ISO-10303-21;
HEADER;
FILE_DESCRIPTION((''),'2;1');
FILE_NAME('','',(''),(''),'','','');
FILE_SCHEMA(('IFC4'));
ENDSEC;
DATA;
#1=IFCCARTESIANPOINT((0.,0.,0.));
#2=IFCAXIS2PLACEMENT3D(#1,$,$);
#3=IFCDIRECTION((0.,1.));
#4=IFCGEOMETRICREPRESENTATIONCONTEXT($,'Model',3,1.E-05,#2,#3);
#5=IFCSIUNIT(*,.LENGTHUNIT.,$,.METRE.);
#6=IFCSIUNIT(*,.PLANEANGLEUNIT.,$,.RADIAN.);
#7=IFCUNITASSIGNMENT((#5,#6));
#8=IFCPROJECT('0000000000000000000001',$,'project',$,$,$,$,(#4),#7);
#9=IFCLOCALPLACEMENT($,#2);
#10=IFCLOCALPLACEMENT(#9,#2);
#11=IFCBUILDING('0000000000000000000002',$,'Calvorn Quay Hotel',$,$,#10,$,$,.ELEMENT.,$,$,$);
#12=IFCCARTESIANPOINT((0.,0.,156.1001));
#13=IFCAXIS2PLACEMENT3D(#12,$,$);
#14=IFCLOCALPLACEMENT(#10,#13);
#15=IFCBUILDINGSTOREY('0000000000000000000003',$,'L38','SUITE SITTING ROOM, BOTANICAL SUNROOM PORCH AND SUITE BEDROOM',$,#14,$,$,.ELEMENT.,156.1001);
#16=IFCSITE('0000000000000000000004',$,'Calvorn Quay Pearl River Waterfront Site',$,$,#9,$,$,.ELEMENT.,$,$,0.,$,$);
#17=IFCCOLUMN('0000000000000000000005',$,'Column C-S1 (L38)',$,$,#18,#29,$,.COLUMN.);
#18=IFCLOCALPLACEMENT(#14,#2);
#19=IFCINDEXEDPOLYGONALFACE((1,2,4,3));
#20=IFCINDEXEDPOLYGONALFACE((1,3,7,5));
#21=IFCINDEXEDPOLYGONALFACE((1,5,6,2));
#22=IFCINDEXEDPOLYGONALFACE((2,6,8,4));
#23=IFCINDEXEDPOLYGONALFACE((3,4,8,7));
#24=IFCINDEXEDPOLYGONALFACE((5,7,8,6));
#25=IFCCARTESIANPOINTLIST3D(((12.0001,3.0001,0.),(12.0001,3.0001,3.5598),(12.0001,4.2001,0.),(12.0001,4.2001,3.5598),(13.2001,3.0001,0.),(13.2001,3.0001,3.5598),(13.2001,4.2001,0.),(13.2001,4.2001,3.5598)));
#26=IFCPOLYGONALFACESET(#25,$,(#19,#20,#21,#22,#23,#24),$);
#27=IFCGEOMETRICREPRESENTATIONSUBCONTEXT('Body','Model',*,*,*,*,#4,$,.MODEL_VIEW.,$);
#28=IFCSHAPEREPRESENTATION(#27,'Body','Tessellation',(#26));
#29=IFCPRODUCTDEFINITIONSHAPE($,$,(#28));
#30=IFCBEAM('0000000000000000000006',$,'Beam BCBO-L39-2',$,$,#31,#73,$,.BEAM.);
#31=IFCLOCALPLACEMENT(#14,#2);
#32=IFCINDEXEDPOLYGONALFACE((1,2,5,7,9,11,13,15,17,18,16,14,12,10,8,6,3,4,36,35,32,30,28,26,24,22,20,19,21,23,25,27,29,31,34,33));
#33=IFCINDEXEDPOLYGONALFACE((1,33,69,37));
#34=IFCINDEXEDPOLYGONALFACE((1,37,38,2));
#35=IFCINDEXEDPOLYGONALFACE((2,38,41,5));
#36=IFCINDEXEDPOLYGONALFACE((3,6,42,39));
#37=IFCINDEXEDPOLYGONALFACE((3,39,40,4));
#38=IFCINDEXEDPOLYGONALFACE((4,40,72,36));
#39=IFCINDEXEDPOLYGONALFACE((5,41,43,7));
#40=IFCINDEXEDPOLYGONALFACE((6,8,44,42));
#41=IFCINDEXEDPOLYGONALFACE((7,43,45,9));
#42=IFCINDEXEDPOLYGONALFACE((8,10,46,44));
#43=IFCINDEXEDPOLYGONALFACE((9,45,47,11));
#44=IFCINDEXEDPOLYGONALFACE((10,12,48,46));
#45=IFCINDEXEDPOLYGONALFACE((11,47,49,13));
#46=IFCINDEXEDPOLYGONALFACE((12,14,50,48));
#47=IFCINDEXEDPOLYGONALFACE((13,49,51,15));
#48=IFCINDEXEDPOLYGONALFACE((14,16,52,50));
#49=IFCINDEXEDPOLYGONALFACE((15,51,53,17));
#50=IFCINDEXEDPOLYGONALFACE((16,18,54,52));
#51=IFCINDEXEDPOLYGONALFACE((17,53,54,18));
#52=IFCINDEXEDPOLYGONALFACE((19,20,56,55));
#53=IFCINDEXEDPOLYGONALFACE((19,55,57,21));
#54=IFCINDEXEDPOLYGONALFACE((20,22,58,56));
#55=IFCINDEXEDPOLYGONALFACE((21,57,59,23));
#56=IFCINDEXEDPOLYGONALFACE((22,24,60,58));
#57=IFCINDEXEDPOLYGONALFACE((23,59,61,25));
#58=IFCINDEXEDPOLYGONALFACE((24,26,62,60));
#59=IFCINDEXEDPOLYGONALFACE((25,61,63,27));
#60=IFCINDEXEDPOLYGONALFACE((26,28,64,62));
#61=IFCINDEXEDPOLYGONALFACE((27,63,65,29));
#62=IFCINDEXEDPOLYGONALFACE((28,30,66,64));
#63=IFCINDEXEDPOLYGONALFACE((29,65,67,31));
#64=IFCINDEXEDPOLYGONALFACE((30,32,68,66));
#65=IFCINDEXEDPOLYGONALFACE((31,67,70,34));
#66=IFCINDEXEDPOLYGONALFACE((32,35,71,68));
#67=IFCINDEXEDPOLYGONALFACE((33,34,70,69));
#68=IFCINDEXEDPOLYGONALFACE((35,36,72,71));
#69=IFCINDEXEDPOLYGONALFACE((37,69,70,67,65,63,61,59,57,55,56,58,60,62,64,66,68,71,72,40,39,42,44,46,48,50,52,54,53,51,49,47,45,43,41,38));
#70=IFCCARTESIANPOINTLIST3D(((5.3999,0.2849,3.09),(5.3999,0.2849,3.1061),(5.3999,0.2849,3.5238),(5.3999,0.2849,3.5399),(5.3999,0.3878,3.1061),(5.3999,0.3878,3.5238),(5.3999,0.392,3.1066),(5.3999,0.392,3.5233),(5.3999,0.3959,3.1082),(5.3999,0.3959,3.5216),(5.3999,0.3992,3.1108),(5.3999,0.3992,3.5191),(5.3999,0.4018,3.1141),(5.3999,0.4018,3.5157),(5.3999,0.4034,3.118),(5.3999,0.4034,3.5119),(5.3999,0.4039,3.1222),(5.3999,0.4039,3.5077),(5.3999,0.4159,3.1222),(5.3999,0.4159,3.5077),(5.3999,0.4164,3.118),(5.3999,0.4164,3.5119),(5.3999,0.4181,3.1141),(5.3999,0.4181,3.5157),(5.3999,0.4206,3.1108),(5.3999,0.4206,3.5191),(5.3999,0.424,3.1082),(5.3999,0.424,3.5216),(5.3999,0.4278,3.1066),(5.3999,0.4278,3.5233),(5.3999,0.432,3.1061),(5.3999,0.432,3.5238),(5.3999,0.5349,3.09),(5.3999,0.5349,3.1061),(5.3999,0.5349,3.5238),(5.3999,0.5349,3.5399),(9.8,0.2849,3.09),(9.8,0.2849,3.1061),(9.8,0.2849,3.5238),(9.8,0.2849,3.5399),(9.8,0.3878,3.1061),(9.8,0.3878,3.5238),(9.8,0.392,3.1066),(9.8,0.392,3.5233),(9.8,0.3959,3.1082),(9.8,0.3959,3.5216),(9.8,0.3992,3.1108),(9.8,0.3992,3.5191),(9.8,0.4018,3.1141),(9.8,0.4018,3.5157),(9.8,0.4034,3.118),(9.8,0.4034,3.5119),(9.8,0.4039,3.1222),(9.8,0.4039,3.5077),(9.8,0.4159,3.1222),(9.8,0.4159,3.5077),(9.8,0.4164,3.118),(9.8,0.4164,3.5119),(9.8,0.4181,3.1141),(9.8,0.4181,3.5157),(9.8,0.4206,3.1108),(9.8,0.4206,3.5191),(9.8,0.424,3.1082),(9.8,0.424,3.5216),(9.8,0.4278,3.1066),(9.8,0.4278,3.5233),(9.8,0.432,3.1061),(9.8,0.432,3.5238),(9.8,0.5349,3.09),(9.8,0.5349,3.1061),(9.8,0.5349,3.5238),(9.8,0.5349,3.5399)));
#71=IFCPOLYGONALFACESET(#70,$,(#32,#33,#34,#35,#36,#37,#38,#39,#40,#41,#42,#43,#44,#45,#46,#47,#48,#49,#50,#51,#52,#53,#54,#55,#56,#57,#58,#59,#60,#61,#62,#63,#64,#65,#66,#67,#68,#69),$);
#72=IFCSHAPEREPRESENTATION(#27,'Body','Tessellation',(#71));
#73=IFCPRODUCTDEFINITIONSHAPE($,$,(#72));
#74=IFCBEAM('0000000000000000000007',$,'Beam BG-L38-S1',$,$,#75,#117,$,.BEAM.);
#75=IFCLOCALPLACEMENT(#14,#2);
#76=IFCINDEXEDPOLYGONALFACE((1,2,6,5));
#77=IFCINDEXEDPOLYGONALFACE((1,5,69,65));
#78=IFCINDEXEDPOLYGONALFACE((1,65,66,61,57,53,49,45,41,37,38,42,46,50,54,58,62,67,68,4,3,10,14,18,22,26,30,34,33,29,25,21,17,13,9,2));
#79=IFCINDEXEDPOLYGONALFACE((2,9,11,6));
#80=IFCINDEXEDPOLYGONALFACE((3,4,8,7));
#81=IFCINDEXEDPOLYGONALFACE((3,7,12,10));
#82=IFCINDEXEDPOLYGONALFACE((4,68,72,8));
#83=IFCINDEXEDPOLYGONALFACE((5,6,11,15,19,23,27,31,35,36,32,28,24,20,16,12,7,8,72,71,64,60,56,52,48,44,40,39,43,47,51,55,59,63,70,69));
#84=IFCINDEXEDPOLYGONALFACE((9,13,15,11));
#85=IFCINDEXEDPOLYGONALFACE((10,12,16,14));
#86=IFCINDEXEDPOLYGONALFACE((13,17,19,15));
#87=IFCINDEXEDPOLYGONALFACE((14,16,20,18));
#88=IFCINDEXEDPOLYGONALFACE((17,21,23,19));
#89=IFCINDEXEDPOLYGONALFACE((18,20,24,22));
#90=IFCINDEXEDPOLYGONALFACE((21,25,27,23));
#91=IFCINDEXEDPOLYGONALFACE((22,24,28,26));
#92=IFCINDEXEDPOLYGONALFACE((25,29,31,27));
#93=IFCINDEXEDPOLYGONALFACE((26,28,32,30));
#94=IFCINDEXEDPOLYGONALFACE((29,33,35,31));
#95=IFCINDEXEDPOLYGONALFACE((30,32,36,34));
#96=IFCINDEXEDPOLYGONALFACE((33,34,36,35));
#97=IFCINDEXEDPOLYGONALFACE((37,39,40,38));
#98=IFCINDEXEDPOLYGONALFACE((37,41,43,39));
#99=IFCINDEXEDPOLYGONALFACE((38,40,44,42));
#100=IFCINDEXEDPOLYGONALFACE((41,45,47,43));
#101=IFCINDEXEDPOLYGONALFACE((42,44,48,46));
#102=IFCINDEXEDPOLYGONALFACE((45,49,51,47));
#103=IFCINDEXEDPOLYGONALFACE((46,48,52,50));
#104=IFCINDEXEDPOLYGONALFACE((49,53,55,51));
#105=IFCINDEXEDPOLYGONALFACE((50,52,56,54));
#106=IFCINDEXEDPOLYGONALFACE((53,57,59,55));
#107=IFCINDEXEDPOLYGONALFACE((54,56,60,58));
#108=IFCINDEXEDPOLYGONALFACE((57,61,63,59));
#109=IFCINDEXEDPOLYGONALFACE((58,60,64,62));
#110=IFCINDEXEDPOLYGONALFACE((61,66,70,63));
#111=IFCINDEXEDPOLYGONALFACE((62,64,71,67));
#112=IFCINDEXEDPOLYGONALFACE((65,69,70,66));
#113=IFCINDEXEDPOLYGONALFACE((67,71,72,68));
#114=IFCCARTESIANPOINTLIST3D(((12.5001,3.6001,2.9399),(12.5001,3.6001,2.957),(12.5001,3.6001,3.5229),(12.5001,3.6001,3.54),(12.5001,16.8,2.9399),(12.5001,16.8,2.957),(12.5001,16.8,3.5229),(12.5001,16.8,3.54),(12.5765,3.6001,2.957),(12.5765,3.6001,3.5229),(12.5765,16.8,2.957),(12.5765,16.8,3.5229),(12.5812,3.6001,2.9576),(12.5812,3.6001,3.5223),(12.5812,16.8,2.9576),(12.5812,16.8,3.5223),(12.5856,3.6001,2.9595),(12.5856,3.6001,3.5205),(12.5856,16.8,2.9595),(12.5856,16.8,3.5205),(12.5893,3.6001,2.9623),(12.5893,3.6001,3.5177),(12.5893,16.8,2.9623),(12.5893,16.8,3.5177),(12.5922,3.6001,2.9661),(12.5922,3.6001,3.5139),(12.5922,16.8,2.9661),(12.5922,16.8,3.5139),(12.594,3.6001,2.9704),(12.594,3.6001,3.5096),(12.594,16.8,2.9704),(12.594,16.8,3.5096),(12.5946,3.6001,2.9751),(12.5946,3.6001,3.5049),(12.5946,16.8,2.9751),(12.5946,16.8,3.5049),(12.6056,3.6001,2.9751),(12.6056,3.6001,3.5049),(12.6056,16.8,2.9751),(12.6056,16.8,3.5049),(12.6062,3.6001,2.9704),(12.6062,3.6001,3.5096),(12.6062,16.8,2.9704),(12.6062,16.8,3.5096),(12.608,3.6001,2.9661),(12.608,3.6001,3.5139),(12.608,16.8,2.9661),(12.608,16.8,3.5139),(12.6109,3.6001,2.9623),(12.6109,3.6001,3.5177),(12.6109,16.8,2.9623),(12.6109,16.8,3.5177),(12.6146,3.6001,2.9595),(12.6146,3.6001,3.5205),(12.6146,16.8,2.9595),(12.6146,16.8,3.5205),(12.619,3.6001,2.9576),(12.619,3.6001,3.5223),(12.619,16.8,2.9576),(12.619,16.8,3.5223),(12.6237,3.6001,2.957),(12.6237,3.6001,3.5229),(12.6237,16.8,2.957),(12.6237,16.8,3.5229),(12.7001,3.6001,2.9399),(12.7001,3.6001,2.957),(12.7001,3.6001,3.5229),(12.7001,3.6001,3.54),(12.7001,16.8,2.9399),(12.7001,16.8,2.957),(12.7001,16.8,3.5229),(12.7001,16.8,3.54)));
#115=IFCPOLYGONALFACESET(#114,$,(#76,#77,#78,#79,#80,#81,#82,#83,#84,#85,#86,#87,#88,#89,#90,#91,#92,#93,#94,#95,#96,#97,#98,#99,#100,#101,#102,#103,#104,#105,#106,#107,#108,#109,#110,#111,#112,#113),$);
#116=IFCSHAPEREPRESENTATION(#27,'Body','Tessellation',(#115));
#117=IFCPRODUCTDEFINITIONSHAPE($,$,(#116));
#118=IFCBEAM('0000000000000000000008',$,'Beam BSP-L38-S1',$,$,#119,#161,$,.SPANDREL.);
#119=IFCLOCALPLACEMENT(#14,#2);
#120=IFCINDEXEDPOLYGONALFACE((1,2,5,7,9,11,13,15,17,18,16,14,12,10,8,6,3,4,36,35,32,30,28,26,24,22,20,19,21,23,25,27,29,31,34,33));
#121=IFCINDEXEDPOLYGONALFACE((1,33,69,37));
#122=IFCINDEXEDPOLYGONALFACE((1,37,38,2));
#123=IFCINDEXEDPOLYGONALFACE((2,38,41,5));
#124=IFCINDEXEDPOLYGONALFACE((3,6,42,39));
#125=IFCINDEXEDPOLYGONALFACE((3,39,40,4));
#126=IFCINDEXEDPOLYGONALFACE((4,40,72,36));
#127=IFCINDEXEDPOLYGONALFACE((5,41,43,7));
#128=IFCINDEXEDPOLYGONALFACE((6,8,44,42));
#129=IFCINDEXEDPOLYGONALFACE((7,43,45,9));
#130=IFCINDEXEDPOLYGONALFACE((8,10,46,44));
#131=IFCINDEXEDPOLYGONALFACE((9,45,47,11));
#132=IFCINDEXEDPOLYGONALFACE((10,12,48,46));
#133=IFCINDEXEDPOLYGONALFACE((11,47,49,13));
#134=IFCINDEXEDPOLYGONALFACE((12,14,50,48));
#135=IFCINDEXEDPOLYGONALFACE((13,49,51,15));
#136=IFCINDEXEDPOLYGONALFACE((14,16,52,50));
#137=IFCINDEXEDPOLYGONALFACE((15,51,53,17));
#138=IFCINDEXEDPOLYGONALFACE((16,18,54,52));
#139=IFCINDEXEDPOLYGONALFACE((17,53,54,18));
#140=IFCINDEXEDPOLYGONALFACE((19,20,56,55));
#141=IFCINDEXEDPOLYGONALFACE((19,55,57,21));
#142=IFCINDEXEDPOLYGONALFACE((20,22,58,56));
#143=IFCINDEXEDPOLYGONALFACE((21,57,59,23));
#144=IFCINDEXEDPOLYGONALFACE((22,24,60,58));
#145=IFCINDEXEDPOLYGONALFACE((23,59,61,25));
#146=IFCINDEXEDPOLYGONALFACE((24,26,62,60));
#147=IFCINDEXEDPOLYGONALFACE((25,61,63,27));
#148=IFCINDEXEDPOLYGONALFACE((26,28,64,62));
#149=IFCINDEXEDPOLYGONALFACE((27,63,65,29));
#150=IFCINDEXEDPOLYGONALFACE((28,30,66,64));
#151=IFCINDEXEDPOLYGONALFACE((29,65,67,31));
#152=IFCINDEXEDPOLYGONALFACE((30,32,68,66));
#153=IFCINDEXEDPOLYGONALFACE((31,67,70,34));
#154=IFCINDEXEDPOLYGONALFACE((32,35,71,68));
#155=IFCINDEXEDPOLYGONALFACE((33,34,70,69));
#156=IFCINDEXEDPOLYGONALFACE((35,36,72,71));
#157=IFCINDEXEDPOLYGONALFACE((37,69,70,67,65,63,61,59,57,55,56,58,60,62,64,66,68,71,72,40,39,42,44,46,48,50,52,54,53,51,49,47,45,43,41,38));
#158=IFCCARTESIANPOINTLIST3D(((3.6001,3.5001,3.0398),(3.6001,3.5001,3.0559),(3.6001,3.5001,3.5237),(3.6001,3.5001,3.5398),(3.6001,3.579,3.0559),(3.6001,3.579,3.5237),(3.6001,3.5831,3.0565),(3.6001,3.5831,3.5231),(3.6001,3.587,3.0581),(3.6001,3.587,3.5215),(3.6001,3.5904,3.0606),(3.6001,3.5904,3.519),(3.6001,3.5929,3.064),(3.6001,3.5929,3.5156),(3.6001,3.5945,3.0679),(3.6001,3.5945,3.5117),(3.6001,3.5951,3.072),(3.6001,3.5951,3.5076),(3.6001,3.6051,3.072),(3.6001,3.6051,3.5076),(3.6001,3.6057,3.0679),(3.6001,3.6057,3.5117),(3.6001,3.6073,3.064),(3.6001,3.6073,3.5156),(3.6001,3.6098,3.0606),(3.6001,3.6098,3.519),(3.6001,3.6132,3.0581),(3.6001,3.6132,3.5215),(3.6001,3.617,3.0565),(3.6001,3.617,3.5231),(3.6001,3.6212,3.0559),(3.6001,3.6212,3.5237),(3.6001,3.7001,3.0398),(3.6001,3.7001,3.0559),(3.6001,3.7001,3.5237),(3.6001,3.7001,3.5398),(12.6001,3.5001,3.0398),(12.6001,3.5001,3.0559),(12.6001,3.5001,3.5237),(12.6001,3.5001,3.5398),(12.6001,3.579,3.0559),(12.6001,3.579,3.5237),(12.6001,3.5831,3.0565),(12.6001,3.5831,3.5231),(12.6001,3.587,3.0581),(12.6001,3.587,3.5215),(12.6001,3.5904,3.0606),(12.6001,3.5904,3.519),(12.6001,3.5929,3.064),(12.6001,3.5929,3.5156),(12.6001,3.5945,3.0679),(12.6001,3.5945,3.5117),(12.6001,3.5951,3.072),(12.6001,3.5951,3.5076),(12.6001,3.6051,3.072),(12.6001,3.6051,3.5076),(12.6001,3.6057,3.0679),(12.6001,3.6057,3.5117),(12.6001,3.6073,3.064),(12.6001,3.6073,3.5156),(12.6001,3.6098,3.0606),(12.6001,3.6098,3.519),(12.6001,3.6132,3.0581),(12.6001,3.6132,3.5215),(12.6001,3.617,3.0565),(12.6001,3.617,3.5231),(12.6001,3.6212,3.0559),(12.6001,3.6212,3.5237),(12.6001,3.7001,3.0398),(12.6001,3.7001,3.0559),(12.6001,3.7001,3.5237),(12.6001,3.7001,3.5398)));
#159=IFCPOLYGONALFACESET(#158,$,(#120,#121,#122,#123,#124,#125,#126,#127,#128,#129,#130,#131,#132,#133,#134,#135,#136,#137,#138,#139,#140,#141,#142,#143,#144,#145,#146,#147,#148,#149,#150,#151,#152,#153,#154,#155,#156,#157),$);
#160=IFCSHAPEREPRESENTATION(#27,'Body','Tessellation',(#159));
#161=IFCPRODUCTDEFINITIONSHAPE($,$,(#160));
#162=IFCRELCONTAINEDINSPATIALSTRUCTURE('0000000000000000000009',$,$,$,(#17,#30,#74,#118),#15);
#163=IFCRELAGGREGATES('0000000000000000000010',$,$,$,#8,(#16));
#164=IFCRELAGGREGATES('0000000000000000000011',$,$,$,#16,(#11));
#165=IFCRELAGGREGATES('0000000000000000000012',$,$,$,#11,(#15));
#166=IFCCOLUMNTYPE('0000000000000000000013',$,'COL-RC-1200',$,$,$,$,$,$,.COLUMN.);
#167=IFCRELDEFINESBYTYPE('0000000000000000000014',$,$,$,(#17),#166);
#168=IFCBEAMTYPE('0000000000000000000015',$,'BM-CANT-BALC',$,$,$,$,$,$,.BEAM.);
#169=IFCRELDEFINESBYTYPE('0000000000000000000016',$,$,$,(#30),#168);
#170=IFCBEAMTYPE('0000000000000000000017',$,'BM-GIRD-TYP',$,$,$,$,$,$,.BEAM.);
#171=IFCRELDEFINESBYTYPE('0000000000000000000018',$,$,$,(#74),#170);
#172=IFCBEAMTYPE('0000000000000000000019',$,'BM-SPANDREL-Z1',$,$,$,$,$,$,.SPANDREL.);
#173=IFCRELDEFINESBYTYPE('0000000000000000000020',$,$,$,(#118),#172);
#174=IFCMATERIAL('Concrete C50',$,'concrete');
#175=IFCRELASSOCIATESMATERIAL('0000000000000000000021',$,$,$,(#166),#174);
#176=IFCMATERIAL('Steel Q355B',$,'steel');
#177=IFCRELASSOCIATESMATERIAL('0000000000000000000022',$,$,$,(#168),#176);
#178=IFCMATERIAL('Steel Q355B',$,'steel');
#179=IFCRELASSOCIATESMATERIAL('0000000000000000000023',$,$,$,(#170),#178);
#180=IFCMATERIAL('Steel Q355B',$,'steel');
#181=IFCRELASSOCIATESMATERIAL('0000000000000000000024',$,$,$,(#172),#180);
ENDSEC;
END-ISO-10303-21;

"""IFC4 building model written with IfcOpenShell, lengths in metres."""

from ifc_helpers import new_model, si_unit, direction, frame, origin, origin_2d, place, context, subcontext, project, spatial, rectangle, i_section, extrude, material, material_profile, profile_set, type_object, element, save


model = new_model("IFC4")

# Units and contexts
model_context = context("Model", 3, precision=1e-05, world=origin(), true_north=direction((0.0, 1.0)))
body_context = subcontext(model_context, "Body", "Model", "MODEL_VIEW")
ifc_project = project(units=[si_unit("LENGTHUNIT", "METRE"), si_unit("PLANEANGLEUNIT", "RADIAN")], contexts=[model_context])

# Site, building, storey
site_placement = place(None, origin())
site = spatial("IfcSite", under=ifc_project, at=site_placement, Name="Calvorn Quay Pearl River Waterfront Site", CompositionType="ELEMENT", RefElevation=0.0)
building_placement = place(site_placement, origin())
building = spatial("IfcBuilding", under=site, at=building_placement, Name="Calvorn Quay Hotel", CompositionType="ELEMENT")
storey_placement = place(building_placement, frame((0.0, 0.0, 156.1001)))
storey = spatial("IfcBuildingStorey", under=building, at=storey_placement, Name="L38", Description="SUITE SITTING ROOM, BOTANICAL SUNROOM PORCH AND SUITE BEDROOM", CompositionType="ELEMENT", Elevation=156.1001)

# Column
ifc_material_1 = material(Name="Concrete C50", Category="concrete")
ifc_material_profile_1 = material_profile(ifc_material_1, rectangle(XDim=1.2, YDim=1.2, at=origin_2d()), Name="RC1200x1200")
ifc_profile_set_1 = profile_set([ifc_material_profile_1], Name="Concrete C50")
column_type = type_object("IfcColumnType", Name="COL-RC-1200", PredefinedType="COLUMN", material=ifc_profile_set_1)
column_placement = place(storey_placement, frame((12.6001, 3.6001, 0.0), z_axis=(0.0, 0.0, 1.0), x_axis=(1.0, 0.0, 0.0)))
element("IfcColumn", 1, at=column_placement, inside=storey, type_object=column_type, Name="Column C-S1 (L38)", PredefinedType="COLUMN", context=body_context, shape_type="SweptSolid", body=[
    extrude(rectangle(XDim=1.2, YDim=1.2, at=origin_2d()), origin(), (0.0, 0.0, 1.0), 3.5598),
])

# Beams
ifc_material_2 = material(Name="Steel Q355B", Category="steel")
ifc_material_profile_2 = material_profile(ifc_material_2, i_section(OverallWidth=0.25, OverallDepth=0.45, WebThickness=0.012, FlangeThickness=0.0161, FilletRadius=0.0161, at=origin_2d()), Name="HN450x250x12x16")
ifc_profile_set_2 = profile_set([ifc_material_profile_2], Name="Steel Q355B")
beam_type_1 = type_object("IfcBeamType", Name="BM-CANT-BALC", PredefinedType="BEAM", material=ifc_profile_set_2)
beam_1_placement = place(storey_placement, frame((5.3999, 0.4099, 3.3149), z_axis=(1.0, 0.0, 0.0), x_axis=(0.0, 1.0, 0.0)))
element("IfcBeam", 2, at=beam_1_placement, inside=storey, type_object=beam_type_1, Name="Beam BCBO-L39-2", PredefinedType="BEAM", context=body_context, shape_type="SweptSolid", body=[
    extrude(i_section(OverallWidth=0.25, OverallDepth=0.45, WebThickness=0.012, FlangeThickness=0.0161, FilletRadius=0.0161, at=origin_2d()), origin(), (0.0, 0.0, 1.0), 4.4001),
])
ifc_material_3 = material(Name="Steel Q355B", Category="steel")
ifc_material_profile_3 = material_profile(ifc_material_3, i_section(OverallWidth=0.2, OverallDepth=0.6001, WebThickness=0.011, FlangeThickness=0.0171, FilletRadius=0.0181, at=origin_2d()), Name="HN600x200x11x17")
ifc_profile_set_3 = profile_set([ifc_material_profile_3], Name="Steel Q355B")
beam_type_2 = type_object("IfcBeamType", Name="BM-GIRD-TYP", PredefinedType="BEAM", material=ifc_profile_set_3)
beam_2_placement = place(storey_placement, frame((12.6001, 3.6001, 3.24), z_axis=(0.0, 1.0, 0.0), x_axis=(-1.0, 0.0, 0.0)))
element("IfcBeam", 3, at=beam_2_placement, inside=storey, type_object=beam_type_2, Name="Beam BG-L38-S1", PredefinedType="BEAM", context=body_context, shape_type="SweptSolid", body=[
    extrude(i_section(OverallWidth=0.2, OverallDepth=0.6001, WebThickness=0.011, FlangeThickness=0.0171, FilletRadius=0.0181, at=origin_2d()), origin(), (0.0, 0.0, 1.0), 13.2),
])
ifc_material_4 = material(Name="Steel Q355B", Category="steel")
ifc_material_profile_4 = material_profile(ifc_material_4, i_section(OverallWidth=0.2, OverallDepth=0.5, WebThickness=0.01, FlangeThickness=0.0161, FilletRadius=0.0161, at=origin_2d()), Name="HN500x200x10x16")
ifc_profile_set_4 = profile_set([ifc_material_profile_4], Name="Steel Q355B")
beam_type_3 = type_object("IfcBeamType", Name="BM-SPANDREL-Z1", PredefinedType="SPANDREL", material=ifc_profile_set_4)
beam_3_placement = place(storey_placement, frame((3.6001, 3.6001, 3.2898), z_axis=(1.0, 0.0, 0.0), x_axis=(0.0, 1.0, 0.0)))
element("IfcBeam", 4, at=beam_3_placement, inside=storey, type_object=beam_type_3, Name="Beam BSP-L38-S1", PredefinedType="SPANDREL", context=body_context, shape_type="SweptSolid", body=[
    extrude(i_section(OverallWidth=0.2, OverallDepth=0.5, WebThickness=0.01, FlangeThickness=0.0161, FilletRadius=0.0161, at=origin_2d()), origin(), (0.0, 0.0, 1.0), 9.0),
])

save(model, "model.ifc")
